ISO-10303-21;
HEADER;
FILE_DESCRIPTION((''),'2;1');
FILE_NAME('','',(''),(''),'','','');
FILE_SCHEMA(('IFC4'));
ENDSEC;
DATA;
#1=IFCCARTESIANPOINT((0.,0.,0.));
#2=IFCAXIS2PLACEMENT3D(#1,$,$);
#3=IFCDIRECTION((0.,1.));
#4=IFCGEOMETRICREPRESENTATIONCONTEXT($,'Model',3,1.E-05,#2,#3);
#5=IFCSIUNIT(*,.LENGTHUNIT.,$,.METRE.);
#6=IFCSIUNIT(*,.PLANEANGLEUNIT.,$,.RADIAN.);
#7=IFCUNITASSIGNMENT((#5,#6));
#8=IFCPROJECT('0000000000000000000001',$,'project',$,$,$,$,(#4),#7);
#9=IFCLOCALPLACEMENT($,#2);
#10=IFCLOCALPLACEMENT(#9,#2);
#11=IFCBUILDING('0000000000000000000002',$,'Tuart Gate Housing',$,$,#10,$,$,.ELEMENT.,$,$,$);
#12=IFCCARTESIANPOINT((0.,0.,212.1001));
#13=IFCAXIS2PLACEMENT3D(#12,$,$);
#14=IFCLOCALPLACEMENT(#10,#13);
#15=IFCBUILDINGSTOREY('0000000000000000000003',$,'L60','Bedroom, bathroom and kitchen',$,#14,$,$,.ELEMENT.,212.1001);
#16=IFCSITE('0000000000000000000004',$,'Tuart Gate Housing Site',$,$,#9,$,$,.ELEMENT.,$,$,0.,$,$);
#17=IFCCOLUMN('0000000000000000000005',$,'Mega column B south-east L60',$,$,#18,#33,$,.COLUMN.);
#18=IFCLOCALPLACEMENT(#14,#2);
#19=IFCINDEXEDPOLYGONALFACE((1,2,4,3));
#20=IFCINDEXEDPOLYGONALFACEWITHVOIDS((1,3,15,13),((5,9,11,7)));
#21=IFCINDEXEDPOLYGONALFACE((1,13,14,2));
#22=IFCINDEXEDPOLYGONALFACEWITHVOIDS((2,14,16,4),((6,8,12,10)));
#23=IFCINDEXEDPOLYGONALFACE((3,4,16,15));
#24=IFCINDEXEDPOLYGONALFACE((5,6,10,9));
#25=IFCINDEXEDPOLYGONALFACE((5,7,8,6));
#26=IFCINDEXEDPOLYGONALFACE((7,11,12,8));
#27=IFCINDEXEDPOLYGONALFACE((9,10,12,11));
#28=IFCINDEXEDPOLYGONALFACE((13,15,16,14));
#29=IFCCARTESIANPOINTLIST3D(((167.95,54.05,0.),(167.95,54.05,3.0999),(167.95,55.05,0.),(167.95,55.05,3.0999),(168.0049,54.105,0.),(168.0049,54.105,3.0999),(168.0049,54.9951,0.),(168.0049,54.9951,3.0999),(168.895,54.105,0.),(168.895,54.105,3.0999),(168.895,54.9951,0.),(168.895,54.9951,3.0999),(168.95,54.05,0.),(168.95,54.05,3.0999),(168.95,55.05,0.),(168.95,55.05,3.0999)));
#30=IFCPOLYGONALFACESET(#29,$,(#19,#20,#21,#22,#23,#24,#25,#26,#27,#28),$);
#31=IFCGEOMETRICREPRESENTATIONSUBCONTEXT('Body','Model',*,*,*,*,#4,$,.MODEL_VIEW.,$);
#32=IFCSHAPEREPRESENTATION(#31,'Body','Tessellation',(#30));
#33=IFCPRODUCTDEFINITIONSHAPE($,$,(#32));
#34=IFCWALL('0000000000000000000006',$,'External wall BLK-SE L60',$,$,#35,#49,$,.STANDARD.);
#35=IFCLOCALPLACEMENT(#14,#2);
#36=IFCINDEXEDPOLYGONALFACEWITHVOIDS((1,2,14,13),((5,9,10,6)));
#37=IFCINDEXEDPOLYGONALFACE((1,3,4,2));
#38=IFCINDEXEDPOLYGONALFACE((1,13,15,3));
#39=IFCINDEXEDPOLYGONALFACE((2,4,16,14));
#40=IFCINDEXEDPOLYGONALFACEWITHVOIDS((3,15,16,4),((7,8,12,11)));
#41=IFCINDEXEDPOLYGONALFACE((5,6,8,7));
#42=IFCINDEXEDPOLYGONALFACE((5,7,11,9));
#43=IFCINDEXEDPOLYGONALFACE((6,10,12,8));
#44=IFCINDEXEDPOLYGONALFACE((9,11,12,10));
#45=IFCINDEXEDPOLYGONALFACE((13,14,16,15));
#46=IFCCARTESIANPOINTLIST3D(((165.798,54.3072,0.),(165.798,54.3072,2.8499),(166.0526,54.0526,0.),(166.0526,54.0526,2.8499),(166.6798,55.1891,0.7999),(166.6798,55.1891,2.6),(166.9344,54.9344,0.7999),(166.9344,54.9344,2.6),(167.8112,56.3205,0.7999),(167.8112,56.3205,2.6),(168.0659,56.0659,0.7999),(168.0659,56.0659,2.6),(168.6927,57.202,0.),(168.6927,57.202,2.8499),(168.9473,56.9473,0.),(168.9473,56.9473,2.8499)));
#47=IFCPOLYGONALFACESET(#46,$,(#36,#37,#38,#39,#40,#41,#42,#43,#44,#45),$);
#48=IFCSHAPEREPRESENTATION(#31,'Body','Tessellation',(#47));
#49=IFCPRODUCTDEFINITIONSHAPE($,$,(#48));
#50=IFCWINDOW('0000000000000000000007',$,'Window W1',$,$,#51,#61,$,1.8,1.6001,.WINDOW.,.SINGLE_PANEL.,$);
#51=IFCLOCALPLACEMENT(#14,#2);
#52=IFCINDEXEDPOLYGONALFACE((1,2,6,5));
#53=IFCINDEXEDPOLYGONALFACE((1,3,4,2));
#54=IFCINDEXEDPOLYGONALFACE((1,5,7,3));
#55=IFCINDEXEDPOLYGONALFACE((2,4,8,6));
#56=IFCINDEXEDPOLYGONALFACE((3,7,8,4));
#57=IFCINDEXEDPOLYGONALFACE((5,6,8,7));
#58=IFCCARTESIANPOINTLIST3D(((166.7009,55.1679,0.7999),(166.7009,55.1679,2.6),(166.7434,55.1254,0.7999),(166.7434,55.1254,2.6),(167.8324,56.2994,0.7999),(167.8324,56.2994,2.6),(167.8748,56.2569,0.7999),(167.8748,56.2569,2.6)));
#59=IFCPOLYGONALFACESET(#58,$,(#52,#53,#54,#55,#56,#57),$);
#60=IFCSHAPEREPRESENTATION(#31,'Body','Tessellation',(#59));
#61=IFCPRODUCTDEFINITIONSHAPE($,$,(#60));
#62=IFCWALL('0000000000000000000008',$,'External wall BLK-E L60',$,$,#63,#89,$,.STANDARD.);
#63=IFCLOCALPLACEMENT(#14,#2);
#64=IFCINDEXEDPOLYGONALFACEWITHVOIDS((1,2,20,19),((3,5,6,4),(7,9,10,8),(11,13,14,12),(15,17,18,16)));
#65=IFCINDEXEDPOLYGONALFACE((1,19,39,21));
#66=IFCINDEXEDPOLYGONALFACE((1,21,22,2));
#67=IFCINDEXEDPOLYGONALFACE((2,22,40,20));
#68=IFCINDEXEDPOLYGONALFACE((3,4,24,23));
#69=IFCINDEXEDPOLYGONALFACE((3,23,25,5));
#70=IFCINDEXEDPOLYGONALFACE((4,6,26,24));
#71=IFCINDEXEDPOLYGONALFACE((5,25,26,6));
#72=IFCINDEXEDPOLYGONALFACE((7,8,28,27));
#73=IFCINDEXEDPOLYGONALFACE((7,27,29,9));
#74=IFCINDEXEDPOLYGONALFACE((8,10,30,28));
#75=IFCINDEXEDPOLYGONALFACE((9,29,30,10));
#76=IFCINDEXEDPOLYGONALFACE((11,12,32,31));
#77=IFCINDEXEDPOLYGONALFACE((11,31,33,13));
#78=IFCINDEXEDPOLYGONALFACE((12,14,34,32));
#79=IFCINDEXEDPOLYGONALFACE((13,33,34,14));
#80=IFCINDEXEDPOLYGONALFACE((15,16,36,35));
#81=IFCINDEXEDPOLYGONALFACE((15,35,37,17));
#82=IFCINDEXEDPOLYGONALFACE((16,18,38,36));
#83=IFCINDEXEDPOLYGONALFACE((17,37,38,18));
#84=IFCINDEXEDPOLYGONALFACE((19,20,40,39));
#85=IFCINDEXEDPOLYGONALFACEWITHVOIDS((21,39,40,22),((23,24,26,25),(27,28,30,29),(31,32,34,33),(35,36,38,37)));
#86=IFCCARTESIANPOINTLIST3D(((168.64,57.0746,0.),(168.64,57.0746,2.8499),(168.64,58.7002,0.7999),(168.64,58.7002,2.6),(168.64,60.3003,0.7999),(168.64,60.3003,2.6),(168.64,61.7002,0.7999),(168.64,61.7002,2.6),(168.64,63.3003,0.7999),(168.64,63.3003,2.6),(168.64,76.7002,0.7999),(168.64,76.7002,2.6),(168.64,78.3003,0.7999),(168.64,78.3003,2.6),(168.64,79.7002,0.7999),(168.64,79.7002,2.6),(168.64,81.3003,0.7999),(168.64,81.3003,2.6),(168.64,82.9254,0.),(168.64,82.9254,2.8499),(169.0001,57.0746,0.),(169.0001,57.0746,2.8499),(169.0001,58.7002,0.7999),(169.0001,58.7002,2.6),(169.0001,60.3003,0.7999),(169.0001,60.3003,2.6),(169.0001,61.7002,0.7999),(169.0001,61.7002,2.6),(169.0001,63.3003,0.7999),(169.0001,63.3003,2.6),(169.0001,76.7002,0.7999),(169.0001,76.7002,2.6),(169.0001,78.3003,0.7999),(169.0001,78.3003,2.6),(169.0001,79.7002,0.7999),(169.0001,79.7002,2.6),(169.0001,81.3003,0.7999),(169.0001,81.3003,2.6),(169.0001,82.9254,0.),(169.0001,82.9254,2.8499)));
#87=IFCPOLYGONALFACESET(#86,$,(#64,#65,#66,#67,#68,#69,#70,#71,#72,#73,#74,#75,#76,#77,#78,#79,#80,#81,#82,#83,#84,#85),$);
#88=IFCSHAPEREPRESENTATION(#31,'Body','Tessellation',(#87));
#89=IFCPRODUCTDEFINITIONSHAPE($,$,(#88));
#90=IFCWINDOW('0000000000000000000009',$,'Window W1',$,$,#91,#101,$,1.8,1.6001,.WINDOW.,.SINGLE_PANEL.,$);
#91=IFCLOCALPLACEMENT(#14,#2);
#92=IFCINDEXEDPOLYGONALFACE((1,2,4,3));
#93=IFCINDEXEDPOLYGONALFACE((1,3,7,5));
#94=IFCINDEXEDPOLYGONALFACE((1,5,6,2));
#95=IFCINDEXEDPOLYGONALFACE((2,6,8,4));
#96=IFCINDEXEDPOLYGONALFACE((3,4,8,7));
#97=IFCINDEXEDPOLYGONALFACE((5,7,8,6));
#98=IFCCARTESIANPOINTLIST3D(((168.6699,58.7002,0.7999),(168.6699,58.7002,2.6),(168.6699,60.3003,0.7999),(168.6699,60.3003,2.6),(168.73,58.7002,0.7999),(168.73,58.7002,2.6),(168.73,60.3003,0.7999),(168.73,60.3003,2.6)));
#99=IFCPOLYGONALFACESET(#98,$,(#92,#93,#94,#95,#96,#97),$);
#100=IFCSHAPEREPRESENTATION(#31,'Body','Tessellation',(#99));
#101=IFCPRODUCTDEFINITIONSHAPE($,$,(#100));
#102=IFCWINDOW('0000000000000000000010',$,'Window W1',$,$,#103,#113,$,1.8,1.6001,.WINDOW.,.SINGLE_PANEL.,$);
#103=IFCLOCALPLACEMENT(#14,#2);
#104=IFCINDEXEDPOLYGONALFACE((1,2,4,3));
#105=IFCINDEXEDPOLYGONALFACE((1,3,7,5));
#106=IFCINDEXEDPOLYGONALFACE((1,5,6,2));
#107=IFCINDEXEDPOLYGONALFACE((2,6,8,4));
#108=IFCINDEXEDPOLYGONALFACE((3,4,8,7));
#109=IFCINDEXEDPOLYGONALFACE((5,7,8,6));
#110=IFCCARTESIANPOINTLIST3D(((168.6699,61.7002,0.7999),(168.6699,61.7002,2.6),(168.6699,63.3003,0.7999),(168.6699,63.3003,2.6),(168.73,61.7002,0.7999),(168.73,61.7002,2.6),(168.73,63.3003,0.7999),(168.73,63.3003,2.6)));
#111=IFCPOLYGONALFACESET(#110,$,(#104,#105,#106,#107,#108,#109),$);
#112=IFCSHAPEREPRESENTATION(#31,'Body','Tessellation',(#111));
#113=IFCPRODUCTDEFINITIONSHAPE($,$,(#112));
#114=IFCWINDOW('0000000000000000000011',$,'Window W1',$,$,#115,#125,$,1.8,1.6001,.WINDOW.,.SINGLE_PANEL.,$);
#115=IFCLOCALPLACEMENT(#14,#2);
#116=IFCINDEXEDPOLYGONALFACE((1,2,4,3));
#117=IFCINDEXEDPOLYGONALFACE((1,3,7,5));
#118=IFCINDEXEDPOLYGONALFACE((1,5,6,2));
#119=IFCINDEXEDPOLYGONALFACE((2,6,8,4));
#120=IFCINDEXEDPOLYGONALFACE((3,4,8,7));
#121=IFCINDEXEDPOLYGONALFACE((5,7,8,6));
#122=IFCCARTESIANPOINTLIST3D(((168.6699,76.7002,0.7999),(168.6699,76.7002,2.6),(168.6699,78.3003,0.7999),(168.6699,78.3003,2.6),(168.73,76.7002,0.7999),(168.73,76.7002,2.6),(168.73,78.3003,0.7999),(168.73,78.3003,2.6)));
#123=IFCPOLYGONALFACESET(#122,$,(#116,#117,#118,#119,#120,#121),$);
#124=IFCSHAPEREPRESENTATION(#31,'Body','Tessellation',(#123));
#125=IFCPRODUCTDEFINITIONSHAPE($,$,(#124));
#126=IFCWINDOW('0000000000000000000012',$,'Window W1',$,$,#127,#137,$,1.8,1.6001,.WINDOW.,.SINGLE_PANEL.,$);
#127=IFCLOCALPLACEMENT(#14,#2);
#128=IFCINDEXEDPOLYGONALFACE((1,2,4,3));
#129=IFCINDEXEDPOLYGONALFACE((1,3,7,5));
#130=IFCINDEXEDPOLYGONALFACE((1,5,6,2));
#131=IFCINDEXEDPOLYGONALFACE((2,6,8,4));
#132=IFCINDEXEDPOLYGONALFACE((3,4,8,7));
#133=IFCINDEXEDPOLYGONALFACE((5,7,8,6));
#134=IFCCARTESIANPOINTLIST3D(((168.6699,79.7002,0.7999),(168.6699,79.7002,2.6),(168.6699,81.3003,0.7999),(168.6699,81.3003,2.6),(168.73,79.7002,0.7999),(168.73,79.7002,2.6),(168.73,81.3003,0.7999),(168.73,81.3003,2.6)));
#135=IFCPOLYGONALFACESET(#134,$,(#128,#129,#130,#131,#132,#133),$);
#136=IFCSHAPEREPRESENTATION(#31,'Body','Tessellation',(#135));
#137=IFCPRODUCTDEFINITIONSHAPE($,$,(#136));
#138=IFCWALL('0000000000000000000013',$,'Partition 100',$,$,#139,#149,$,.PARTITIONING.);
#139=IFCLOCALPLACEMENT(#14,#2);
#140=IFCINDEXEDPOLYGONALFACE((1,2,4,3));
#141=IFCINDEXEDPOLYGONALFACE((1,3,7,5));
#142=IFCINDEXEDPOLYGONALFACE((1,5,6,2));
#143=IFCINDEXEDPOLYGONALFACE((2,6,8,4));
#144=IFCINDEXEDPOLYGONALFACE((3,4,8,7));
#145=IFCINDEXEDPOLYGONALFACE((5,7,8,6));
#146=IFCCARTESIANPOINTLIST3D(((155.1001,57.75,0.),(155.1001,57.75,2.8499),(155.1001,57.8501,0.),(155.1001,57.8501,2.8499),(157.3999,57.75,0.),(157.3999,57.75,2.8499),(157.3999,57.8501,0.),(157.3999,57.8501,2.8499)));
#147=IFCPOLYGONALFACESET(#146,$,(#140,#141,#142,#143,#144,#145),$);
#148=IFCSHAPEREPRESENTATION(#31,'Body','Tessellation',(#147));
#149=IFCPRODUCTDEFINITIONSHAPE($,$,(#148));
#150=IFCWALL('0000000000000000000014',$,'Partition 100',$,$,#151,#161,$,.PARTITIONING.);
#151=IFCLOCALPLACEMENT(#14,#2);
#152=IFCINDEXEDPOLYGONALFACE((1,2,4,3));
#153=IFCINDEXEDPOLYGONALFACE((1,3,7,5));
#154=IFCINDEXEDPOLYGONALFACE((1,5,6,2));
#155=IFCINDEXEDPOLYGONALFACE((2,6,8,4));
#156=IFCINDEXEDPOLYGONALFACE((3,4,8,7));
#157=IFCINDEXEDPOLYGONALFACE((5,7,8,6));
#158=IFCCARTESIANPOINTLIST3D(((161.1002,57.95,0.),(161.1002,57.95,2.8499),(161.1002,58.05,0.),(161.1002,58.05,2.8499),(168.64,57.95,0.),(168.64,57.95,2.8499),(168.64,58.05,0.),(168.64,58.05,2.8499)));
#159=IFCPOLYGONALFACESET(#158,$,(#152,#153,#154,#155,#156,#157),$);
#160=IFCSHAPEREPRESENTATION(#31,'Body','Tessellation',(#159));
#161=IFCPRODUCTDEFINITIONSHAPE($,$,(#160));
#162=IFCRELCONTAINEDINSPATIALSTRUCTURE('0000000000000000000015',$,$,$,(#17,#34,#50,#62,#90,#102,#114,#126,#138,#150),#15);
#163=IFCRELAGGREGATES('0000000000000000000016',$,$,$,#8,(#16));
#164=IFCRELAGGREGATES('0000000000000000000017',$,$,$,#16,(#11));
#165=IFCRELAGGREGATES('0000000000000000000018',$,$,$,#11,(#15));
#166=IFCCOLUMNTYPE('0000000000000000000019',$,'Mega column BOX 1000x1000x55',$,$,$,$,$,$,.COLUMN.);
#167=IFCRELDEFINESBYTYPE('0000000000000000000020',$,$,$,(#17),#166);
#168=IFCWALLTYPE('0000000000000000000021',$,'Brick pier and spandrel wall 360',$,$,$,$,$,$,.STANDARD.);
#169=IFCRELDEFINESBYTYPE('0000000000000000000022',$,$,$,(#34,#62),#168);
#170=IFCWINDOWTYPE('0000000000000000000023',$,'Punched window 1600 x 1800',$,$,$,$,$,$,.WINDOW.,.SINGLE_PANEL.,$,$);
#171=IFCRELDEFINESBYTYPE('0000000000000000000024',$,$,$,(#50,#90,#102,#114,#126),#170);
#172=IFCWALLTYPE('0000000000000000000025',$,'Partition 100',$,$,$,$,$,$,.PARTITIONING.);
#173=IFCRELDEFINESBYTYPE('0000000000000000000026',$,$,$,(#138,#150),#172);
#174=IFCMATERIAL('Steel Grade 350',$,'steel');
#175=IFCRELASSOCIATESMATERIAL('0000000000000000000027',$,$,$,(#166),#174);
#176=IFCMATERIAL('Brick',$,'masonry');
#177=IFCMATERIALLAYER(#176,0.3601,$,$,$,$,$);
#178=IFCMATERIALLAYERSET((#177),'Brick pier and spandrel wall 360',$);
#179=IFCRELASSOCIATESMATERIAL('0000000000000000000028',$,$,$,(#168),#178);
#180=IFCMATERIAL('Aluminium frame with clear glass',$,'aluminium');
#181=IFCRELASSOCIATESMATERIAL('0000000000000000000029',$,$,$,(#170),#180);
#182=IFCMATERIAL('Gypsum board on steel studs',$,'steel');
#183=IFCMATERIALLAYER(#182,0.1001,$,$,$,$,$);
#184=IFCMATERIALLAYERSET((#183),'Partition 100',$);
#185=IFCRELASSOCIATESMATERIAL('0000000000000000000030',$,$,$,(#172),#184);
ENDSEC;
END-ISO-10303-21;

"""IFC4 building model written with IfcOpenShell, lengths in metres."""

from ifc_helpers import new_model, si_unit, direction, frame, frame_2d, origin, origin_2d, place, context, subcontext, project, spatial, rectangle, hollow_rectangle, extrude, material, layer, layer_set, material_profile, profile_set, type_object, element, fill, save


model = new_model("IFC4")

# Units and contexts
model_context = context("Model", 3, precision=1e-05, world=origin(), true_north=direction((0.0, 1.0)))
body_context = subcontext(model_context, "Body", "Model", "MODEL_VIEW")
ifc_project = project(units=[si_unit("LENGTHUNIT", "METRE"), si_unit("PLANEANGLEUNIT", "RADIAN")], contexts=[model_context])

# Site, building, storey
site_placement = place(None, origin())
site = spatial("IfcSite", under=ifc_project, at=site_placement, Name="Tuart Gate Housing Site", CompositionType="ELEMENT", RefElevation=0.0)
building_placement = place(site_placement, origin())
building = spatial("IfcBuilding", under=site, at=building_placement, Name="Tuart Gate Housing", CompositionType="ELEMENT")
storey_placement = place(building_placement, frame((0.0, 0.0, 212.1001)))
storey = spatial("IfcBuildingStorey", under=building, at=storey_placement, Name="L60", Description="Bedroom, bathroom and kitchen", CompositionType="ELEMENT", Elevation=212.1001)

# Column
ifc_material_1 = material(Name="Steel Grade 350", Category="steel")
ifc_material_profile = material_profile(ifc_material_1, hollow_rectangle(XDim=1.0, YDim=1.0, WallThickness=0.0549, at=origin_2d()), Name="BOX 1000x1000x55")
ifc_profile_set = profile_set([ifc_material_profile], Name="Steel Grade 350")
column_type = type_object("IfcColumnType", Name="Mega column BOX 1000x1000x55", PredefinedType="COLUMN", material=ifc_profile_set)
column_placement = place(storey_placement, frame((168.45, 54.55, 0.0), z_axis=(0.0, 0.0, 1.0), x_axis=(1.0, 0.0, 0.0)))
element("IfcColumn", 1, at=column_placement, inside=storey, type_object=column_type, Name="Mega column B south-east L60", PredefinedType="COLUMN", context=body_context, shape_type="SweptSolid", body=[
    extrude(hollow_rectangle(XDim=1.0, YDim=1.0, WallThickness=0.0549, at=origin_2d()), origin(), (0.0, 0.0, 1.0), 3.0999),
])

# Wall, opening, window
ifc_material_2 = material(Name="Brick", Category="masonry")
ifc_layer_1 = layer(ifc_material_2, 0.3601)
ifc_layer_set_1 = layer_set([ifc_layer_1], Name="Brick pier and spandrel wall 360")
wall_type_1 = type_object("IfcWallType", Name="Brick pier and spandrel wall 360", PredefinedType="STANDARD", material=ifc_layer_set_1)
wall_1_placement = place(storey_placement, frame((165.9253, 54.1799, 0.0), z_axis=(0.0, 0.0, 1.0), x_axis=(0.707107, 0.707107, 0.0)))
wall_1 = element("IfcWall", 2, at=wall_1_placement, inside=storey, type_object=wall_type_1, Name="External wall BLK-SE L60", PredefinedType="STANDARD", context=body_context, shape_type="SweptSolid", body=[
    extrude(rectangle(XDim=4.0938, YDim=0.3601, at=frame_2d((2.0469, 0.0))), origin(), (0.0, 0.0, 1.0), 2.8499),
])
opening_1_placement = place(wall_1_placement, frame((1.2471, 0.0, 0.8)))
opening_1 = element("IfcOpeningElement", 3, at=opening_1_placement, cuts=wall_1, PredefinedType="OPENING", context=body_context, shape_type="SweptSolid", body=[
    extrude(rectangle(XDim=1.6001, YDim=1.8, at=frame_2d((0.8, 0.8999))), frame((0.0, 0.1899, 0.0), z_axis=(0.0, -1.0, 0.0), x_axis=(1.0, 0.0, 0.0)), (0.0, 0.0, 1.0), 0.3801),
])
ifc_material_3 = material(Name="Aluminium frame with clear glass", Category="aluminium")
window_type = type_object("IfcWindowType", Name="Punched window 1600 x 1800", PartitioningType="SINGLE_PANEL", PredefinedType="WINDOW", material=ifc_material_3)
window_1_placement = place(opening_1_placement, origin())
window_1 = element("IfcWindow", 4, at=window_1_placement, inside=storey, type_object=window_type, Name="Window W1", OverallHeight=1.8, OverallWidth=1.6001, PartitioningType="SINGLE_PANEL", PredefinedType="WINDOW", context=body_context, shape_type="SweptSolid", body=[
    extrude(rectangle(XDim=1.6001, YDim=1.8, at=frame_2d((0.8, 0.8999))), frame((0.0, 0.1501, 0.0), z_axis=(0.0, -1.0, 0.0), x_axis=(1.0, 0.0, 0.0)), (0.0, 0.0, 1.0), 0.0601),
])
fill(opening_1, window_1)

# Wall, openings, windows
wall_2_placement = place(storey_placement, frame((168.8201, 57.0747, 0.0), z_axis=(0.0, 0.0, 1.0), x_axis=(0.0, 1.0, 0.0)))
wall_2 = element("IfcWall", 5, at=wall_2_placement, inside=storey, type_object=wall_type_1, Name="External wall BLK-E L60", PredefinedType="STANDARD", context=body_context, shape_type="SweptSolid", body=[
    extrude(rectangle(XDim=25.8508, YDim=0.3601, at=frame_2d((12.9253, 0.0))), origin(), (0.0, 0.0, 1.0), 2.8499),
])
opening_2_placement = place(wall_2_placement, frame((1.6255, 0.0, 0.8)))
opening_2 = element("IfcOpeningElement", 6, at=opening_2_placement, cuts=wall_2, PredefinedType="OPENING", context=body_context, shape_type="SweptSolid", body=[
    extrude(rectangle(XDim=1.6001, YDim=1.8, at=frame_2d((0.8, 0.8999))), frame((0.0, 0.1899, 0.0), z_axis=(0.0, -1.0, 0.0), x_axis=(1.0, 0.0, 0.0)), (0.0, 0.0, 1.0), 0.3801),
])
opening_3_placement = place(wall_2_placement, frame((4.6255, 0.0, 0.8)))
opening_3 = element("IfcOpeningElement", 7, at=opening_3_placement, cuts=wall_2, PredefinedType="OPENING", context=body_context, shape_type="SweptSolid", body=[
    extrude(rectangle(XDim=1.6001, YDim=1.8, at=frame_2d((0.8, 0.8999))), frame((0.0, 0.1899, 0.0), z_axis=(0.0, -1.0, 0.0), x_axis=(1.0, 0.0, 0.0)), (0.0, 0.0, 1.0), 0.3801),
])
opening_4_placement = place(wall_2_placement, frame((19.6255, 0.0, 0.8)))
opening_4 = element("IfcOpeningElement", 8, at=opening_4_placement, cuts=wall_2, PredefinedType="OPENING", context=body_context, shape_type="SweptSolid", body=[
    extrude(rectangle(XDim=1.6001, YDim=1.8, at=frame_2d((0.8, 0.8999))), frame((0.0, 0.1899, 0.0), z_axis=(0.0, -1.0, 0.0), x_axis=(1.0, 0.0, 0.0)), (0.0, 0.0, 1.0), 0.3801),
])
opening_5_placement = place(wall_2_placement, frame((22.6255, 0.0, 0.8)))
opening_5 = element("IfcOpeningElement", 9, at=opening_5_placement, cuts=wall_2, PredefinedType="OPENING", context=body_context, shape_type="SweptSolid", body=[
    extrude(rectangle(XDim=1.6001, YDim=1.8, at=frame_2d((0.8, 0.8999))), frame((0.0, 0.1899, 0.0), z_axis=(0.0, -1.0, 0.0), x_axis=(1.0, 0.0, 0.0)), (0.0, 0.0, 1.0), 0.3801),
])
window_2_placement = place(opening_2_placement, origin())
window_2 = element("IfcWindow", 10, at=window_2_placement, inside=storey, type_object=window_type, Name="Window W1", OverallHeight=1.8, OverallWidth=1.6001, PartitioningType="SINGLE_PANEL", PredefinedType="WINDOW", context=body_context, shape_type="SweptSolid", body=[
    extrude(rectangle(XDim=1.6001, YDim=1.8, at=frame_2d((0.8, 0.8999))), frame((0.0, 0.1501, 0.0), z_axis=(0.0, -1.0, 0.0), x_axis=(1.0, 0.0, 0.0)), (0.0, 0.0, 1.0), 0.0601),
])
fill(opening_2, window_2)
window_3_placement = place(opening_3_placement, origin())
window_3 = element("IfcWindow", 11, at=window_3_placement, inside=storey, type_object=window_type, Name="Window W1", OverallHeight=1.8, OverallWidth=1.6001, PartitioningType="SINGLE_PANEL", PredefinedType="WINDOW", context=body_context, shape_type="SweptSolid", body=[
    extrude(rectangle(XDim=1.6001, YDim=1.8, at=frame_2d((0.8, 0.8999))), frame((0.0, 0.1501, 0.0), z_axis=(0.0, -1.0, 0.0), x_axis=(1.0, 0.0, 0.0)), (0.0, 0.0, 1.0), 0.0601),
])
fill(opening_3, window_3)
window_4_placement = place(opening_4_placement, origin())
window_4 = element("IfcWindow", 12, at=window_4_placement, inside=storey, type_object=window_type, Name="Window W1", OverallHeight=1.8, OverallWidth=1.6001, PartitioningType="SINGLE_PANEL", PredefinedType="WINDOW", context=body_context, shape_type="SweptSolid", body=[
    extrude(rectangle(XDim=1.6001, YDim=1.8, at=frame_2d((0.8, 0.8999))), frame((0.0, 0.1501, 0.0), z_axis=(0.0, -1.0, 0.0), x_axis=(1.0, 0.0, 0.0)), (0.0, 0.0, 1.0), 0.0601),
])
fill(opening_4, window_4)
window_5_placement = place(opening_5_placement, origin())
window_5 = element("IfcWindow", 13, at=window_5_placement, inside=storey, type_object=window_type, Name="Window W1", OverallHeight=1.8, OverallWidth=1.6001, PartitioningType="SINGLE_PANEL", PredefinedType="WINDOW", context=body_context, shape_type="SweptSolid", body=[
    extrude(rectangle(XDim=1.6001, YDim=1.8, at=frame_2d((0.8, 0.8999))), frame((0.0, 0.1501, 0.0), z_axis=(0.0, -1.0, 0.0), x_axis=(1.0, 0.0, 0.0)), (0.0, 0.0, 1.0), 0.0601),
])
fill(opening_5, window_5)

# Walls
ifc_material_4 = material(Name="Gypsum board on steel studs", Category="steel")
ifc_layer_2 = layer(ifc_material_4, 0.1001)
ifc_layer_set_2 = layer_set([ifc_layer_2], Name="Partition 100")
wall_type_2 = type_object("IfcWallType", Name="Partition 100", PredefinedType="PARTITIONING", material=ifc_layer_set_2)
wall_3_placement = place(storey_placement, frame((155.1001, 57.8, 0.0), z_axis=(0.0, 0.0, 1.0), x_axis=(1.0, 0.0, 0.0)))
element("IfcWall", 14, at=wall_3_placement, inside=storey, type_object=wall_type_2, Name="Partition 100", PredefinedType="PARTITIONING", context=body_context, shape_type="SweptSolid", body=[
    extrude(rectangle(XDim=2.2998, YDim=0.1001, at=frame_2d((1.1499, 0.0))), origin(), (0.0, 0.0, 1.0), 2.8499),
])
wall_4_placement = place(storey_placement, frame((161.1001, 58.0, 0.0), z_axis=(0.0, 0.0, 1.0), x_axis=(1.0, 0.0, 0.0)))
element("IfcWall", 15, at=wall_4_placement, inside=storey, type_object=wall_type_2, Name="Partition 100", PredefinedType="PARTITIONING", context=body_context, shape_type="SweptSolid", body=[
    extrude(rectangle(XDim=7.5398, YDim=0.1001, at=frame_2d((3.77, 0.0))), origin(), (0.0, 0.0, 1.0), 2.8499),
])

save(model, "model.ifc")
